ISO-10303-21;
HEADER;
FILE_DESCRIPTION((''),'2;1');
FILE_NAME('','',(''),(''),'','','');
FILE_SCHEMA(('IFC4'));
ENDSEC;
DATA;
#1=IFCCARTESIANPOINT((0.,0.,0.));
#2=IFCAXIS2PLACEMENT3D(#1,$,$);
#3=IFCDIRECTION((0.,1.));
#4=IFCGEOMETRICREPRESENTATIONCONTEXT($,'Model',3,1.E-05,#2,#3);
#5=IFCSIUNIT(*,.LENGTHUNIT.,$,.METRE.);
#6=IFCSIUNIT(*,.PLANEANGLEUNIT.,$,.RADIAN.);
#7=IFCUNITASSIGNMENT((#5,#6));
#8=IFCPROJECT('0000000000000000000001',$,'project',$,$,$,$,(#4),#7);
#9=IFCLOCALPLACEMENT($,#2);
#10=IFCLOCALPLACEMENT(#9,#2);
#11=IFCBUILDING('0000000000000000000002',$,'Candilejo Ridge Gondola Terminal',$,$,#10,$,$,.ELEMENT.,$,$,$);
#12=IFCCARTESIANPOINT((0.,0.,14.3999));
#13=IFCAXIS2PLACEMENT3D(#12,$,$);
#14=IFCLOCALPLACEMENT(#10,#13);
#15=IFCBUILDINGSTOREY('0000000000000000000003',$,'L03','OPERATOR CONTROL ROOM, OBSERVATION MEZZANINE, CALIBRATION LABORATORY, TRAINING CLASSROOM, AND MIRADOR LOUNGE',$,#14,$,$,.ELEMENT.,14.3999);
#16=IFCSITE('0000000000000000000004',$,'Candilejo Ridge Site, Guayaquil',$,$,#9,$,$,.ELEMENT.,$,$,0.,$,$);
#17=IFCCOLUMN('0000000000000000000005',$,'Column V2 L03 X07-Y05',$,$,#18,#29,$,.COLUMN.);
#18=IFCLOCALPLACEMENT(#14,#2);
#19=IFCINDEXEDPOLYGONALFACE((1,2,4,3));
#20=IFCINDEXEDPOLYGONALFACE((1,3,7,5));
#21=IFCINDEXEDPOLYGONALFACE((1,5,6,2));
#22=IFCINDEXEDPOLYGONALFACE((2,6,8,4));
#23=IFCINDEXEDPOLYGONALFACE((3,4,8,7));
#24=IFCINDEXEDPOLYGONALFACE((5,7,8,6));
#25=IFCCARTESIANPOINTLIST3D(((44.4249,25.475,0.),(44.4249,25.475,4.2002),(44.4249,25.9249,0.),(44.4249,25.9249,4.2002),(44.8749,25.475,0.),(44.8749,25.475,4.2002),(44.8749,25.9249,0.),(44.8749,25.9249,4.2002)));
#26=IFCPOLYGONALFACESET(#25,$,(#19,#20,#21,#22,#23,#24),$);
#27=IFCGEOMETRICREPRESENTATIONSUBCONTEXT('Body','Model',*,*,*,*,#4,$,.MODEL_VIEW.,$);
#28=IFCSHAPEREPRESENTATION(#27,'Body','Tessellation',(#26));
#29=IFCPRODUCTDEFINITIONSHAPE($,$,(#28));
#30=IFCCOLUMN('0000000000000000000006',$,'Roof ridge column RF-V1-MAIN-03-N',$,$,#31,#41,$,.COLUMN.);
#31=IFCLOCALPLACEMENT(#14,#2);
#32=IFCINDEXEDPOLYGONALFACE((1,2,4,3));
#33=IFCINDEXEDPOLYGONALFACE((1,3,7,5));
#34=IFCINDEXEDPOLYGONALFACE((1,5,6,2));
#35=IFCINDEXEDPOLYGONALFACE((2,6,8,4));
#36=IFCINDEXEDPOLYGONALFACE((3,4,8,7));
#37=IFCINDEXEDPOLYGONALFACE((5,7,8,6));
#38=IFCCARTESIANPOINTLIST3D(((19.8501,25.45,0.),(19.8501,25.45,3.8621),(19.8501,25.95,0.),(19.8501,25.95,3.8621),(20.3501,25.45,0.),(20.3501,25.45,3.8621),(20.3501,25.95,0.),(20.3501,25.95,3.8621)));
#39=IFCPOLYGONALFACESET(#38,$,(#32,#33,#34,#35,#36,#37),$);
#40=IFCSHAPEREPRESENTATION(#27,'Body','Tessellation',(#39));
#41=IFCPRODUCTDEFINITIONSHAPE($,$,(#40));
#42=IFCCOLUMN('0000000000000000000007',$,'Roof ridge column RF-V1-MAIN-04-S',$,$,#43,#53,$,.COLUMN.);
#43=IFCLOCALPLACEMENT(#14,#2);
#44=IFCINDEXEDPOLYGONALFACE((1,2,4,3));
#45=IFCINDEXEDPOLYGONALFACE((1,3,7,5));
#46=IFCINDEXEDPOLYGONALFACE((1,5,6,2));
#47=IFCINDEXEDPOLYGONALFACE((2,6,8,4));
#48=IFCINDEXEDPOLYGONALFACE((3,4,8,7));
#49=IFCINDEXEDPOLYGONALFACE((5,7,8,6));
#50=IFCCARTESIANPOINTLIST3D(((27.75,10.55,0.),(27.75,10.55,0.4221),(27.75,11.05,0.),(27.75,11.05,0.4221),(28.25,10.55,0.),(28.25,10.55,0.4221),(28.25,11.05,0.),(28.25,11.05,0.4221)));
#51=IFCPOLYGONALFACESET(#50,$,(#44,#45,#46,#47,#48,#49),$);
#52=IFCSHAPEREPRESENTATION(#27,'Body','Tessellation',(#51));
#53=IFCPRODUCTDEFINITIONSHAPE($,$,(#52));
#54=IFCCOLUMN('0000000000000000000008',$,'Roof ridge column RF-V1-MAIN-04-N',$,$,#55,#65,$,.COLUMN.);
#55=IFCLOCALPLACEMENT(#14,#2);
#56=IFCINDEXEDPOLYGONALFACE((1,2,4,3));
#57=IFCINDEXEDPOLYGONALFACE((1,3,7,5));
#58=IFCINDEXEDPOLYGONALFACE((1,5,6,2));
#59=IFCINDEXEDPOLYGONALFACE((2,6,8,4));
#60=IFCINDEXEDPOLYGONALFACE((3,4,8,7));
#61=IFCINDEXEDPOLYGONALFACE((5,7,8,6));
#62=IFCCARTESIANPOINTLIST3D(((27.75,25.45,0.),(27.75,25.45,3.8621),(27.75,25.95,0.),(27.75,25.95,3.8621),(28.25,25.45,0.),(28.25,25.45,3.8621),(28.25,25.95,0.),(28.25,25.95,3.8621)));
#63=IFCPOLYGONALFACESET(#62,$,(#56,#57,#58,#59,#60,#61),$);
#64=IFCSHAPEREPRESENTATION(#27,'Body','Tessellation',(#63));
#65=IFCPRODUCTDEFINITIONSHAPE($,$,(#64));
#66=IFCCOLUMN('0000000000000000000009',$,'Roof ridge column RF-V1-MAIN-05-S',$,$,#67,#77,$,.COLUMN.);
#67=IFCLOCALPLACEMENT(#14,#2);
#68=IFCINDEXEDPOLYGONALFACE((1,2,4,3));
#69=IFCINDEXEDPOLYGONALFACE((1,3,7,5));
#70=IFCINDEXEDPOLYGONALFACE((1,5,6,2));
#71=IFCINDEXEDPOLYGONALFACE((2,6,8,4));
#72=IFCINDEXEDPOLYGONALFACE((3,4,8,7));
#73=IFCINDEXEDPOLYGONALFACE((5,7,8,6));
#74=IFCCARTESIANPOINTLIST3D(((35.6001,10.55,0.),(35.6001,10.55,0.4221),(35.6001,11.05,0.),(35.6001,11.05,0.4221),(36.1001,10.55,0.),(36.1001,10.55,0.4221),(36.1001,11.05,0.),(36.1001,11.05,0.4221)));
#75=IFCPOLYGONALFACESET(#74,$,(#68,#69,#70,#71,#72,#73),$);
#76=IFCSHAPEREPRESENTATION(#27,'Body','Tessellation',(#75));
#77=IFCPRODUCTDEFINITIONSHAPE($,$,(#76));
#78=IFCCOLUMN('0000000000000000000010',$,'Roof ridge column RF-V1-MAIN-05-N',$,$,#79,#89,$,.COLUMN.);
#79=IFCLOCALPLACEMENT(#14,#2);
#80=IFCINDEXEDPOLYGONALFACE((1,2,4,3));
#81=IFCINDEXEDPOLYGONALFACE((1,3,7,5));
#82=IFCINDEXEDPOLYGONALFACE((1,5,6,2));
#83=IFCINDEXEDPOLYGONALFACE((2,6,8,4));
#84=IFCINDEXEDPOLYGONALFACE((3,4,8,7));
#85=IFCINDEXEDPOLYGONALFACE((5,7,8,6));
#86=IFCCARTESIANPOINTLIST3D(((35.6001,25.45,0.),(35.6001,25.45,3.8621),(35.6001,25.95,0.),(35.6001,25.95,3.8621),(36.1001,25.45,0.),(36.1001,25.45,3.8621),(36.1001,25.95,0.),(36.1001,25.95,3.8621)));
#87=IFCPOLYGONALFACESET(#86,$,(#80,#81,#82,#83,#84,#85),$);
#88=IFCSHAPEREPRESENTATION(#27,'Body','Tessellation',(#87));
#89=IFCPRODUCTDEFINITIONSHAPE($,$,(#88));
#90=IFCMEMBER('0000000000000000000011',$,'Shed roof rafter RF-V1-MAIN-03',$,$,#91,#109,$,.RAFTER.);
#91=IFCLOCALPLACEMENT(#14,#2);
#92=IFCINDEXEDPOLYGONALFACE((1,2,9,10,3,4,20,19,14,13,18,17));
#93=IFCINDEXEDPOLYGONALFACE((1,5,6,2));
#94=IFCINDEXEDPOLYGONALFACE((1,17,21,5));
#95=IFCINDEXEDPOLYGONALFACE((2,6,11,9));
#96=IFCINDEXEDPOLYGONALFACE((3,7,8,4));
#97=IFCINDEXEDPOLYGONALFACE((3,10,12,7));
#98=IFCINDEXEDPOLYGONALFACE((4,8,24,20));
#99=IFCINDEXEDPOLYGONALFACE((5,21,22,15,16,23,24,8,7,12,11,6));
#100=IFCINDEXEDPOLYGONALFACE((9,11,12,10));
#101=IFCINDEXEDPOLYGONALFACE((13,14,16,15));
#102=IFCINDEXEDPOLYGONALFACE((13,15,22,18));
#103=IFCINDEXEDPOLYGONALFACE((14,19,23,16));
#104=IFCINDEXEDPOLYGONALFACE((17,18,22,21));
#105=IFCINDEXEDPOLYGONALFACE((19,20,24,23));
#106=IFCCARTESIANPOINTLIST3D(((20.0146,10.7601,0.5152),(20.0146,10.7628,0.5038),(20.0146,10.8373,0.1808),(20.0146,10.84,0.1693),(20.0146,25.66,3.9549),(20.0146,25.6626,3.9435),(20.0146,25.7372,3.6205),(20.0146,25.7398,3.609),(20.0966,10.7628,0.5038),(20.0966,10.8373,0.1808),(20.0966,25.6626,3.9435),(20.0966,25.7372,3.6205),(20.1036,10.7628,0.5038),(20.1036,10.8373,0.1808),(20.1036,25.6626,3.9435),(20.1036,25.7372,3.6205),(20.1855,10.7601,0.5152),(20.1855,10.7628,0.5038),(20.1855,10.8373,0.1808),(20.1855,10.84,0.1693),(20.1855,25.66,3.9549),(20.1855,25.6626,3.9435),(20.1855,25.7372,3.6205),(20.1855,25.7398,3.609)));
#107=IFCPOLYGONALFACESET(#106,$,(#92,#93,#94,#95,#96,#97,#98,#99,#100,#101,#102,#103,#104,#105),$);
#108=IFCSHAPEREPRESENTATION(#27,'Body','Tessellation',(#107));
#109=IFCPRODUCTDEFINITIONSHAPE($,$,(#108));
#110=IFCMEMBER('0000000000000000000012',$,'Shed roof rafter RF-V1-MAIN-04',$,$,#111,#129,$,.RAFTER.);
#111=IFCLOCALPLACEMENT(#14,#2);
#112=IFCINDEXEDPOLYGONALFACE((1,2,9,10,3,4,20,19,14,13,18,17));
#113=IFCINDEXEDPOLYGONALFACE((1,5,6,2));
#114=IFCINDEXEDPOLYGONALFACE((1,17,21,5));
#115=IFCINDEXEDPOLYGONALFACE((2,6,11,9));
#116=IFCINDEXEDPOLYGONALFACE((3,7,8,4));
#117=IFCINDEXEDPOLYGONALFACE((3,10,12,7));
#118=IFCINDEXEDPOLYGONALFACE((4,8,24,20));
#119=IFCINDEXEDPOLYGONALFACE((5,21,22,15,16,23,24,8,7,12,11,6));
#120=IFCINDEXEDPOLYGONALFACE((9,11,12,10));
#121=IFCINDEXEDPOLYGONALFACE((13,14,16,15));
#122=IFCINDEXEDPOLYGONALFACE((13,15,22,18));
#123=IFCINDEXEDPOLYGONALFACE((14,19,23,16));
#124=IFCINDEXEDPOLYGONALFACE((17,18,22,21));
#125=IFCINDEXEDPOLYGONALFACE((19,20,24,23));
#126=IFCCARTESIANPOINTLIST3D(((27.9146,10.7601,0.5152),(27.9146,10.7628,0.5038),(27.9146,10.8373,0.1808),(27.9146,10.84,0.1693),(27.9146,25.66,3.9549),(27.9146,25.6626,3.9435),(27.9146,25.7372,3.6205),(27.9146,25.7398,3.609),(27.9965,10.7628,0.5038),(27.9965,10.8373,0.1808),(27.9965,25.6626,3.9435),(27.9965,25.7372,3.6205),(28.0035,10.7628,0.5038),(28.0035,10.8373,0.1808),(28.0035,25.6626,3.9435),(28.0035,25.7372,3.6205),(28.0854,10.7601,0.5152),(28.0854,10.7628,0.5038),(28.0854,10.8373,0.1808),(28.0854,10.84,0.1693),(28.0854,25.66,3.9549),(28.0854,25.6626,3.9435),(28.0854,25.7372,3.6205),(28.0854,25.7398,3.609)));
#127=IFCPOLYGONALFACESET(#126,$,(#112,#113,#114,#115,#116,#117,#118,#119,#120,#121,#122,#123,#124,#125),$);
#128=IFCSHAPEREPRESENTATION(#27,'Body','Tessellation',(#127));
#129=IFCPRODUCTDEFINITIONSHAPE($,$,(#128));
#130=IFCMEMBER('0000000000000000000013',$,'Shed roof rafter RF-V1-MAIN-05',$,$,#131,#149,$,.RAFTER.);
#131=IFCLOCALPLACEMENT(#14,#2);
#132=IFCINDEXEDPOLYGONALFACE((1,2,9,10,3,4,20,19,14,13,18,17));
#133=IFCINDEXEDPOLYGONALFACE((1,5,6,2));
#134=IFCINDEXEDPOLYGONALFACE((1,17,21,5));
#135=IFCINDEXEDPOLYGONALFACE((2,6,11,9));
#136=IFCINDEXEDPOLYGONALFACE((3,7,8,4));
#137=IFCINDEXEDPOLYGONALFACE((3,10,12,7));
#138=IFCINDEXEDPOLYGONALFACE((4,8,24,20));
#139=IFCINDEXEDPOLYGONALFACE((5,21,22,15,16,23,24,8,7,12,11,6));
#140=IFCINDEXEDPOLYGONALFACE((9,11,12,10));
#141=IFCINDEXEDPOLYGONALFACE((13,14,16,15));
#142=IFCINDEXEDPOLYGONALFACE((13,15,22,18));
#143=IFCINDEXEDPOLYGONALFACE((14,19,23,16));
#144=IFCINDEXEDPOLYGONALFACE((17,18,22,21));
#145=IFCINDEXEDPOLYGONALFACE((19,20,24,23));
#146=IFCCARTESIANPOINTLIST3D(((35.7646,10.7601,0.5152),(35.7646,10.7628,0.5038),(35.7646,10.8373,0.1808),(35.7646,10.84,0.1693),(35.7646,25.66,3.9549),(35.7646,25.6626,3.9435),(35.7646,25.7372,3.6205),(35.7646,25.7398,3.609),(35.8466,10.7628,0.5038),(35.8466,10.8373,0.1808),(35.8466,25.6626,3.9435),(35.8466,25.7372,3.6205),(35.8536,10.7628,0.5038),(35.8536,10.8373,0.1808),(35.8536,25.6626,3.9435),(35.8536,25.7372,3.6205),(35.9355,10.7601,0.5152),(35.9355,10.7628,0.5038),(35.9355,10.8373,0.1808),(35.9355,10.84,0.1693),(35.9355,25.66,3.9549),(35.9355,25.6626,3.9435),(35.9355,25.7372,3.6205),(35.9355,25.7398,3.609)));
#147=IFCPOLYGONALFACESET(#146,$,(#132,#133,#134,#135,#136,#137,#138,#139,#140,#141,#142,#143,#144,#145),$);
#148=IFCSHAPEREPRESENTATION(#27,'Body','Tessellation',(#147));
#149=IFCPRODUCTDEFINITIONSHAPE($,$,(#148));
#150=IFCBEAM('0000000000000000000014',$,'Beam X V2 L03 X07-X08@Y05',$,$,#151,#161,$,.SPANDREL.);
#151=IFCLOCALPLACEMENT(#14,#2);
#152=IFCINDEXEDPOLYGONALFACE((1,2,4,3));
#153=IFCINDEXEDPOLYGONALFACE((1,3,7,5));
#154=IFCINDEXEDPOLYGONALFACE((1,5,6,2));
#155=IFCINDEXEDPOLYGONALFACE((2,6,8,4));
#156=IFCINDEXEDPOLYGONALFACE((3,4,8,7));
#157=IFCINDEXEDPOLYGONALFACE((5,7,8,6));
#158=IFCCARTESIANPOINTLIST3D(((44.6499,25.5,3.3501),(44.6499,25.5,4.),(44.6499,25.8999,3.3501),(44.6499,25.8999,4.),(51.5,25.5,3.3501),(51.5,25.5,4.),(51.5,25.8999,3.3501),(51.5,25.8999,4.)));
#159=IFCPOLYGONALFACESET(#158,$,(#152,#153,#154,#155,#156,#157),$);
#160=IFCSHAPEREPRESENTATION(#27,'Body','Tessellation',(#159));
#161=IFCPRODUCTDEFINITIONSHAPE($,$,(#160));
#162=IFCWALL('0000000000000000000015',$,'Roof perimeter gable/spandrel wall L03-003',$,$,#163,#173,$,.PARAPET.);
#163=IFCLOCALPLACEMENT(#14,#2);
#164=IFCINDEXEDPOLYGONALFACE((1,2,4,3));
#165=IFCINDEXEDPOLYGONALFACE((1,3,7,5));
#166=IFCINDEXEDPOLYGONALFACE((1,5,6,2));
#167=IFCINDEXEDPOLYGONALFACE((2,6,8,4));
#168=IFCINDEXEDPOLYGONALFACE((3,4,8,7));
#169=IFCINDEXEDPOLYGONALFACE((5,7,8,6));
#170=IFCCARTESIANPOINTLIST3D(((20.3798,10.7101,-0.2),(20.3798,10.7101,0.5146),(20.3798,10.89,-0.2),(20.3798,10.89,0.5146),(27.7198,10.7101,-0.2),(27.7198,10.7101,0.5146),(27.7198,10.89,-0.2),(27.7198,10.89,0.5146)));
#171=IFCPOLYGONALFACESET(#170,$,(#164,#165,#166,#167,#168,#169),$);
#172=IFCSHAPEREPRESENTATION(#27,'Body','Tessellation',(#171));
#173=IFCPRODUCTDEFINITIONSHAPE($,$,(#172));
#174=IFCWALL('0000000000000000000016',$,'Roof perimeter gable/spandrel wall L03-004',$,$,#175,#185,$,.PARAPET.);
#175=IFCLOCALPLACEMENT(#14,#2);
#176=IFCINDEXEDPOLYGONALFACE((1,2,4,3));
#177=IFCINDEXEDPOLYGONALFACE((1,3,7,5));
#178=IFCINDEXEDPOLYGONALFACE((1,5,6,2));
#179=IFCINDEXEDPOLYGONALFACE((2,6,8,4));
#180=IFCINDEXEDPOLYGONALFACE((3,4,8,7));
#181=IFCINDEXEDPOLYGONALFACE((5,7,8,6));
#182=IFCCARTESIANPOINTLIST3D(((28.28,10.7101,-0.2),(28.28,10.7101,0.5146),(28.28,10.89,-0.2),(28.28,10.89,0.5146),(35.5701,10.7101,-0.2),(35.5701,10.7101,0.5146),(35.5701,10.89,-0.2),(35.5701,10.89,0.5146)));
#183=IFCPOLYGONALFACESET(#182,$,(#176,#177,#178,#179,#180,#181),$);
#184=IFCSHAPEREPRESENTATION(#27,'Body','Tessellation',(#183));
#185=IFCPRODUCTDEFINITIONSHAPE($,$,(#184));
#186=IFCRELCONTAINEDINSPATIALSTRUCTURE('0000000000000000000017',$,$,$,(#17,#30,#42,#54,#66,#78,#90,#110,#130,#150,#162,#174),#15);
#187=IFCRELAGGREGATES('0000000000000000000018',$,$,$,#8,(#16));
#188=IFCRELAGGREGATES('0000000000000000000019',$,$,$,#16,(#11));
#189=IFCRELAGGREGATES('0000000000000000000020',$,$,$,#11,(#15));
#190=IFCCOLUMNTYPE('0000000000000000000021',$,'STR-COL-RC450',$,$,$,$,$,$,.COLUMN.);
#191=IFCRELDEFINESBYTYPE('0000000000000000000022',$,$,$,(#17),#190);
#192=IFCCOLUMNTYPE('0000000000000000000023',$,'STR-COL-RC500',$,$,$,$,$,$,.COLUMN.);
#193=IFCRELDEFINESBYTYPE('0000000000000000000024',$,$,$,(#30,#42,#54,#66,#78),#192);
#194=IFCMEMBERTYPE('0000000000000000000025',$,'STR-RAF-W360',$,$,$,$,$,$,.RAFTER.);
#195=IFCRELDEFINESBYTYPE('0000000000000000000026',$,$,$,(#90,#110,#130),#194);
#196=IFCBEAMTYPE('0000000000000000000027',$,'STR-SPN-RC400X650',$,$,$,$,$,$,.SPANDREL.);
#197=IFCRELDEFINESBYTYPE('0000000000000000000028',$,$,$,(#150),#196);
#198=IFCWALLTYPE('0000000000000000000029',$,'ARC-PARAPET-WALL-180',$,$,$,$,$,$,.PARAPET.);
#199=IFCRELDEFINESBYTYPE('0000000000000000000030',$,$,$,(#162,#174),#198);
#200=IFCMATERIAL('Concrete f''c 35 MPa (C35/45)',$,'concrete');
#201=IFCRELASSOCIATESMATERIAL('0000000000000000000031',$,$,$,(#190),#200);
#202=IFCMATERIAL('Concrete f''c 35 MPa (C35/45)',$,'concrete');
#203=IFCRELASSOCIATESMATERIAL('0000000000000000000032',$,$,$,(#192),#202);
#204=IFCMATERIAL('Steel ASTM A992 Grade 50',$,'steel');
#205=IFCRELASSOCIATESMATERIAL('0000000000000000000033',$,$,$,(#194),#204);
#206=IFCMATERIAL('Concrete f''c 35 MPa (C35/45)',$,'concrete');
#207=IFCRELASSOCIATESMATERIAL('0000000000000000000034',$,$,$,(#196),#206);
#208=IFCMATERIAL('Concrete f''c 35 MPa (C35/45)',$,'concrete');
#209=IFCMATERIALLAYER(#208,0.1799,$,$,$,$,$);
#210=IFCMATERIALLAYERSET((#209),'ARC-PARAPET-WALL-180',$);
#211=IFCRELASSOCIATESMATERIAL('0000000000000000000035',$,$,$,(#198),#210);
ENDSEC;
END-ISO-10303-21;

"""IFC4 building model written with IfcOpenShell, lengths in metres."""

from ifc_helpers import new_model, si_unit, direction, frame, frame_2d, origin, origin_2d, place, context, subcontext, project, spatial, rectangle, i_section, extrude, material, layer, layer_set, material_profile, profile_set, type_object, element, save


model = new_model("IFC4")

# Units and contexts
model_context = context("Model", 3, precision=1e-05, world=origin(), true_north=direction((0.0, 1.0)))
body_context = subcontext(model_context, "Body", "Model", "MODEL_VIEW")
ifc_project = project(units=[si_unit("LENGTHUNIT", "METRE"), si_unit("PLANEANGLEUNIT", "RADIAN")], contexts=[model_context])

# Site, building, storey
site_placement = place(None, origin())
site = spatial("IfcSite", under=ifc_project, at=site_placement, Name="Candilejo Ridge Site, Guayaquil", CompositionType="ELEMENT", RefElevation=0.0)
building_placement = place(site_placement, origin())
building = spatial("IfcBuilding", under=site, at=building_placement, Name="Candilejo Ridge Gondola Terminal", CompositionType="ELEMENT")
storey_placement = place(building_placement, frame((0.0, 0.0, 14.3999)))
storey = spatial("IfcBuildingStorey", under=building, at=storey_placement, Name="L03", Description="OPERATOR CONTROL ROOM, OBSERVATION MEZZANINE, CALIBRATION LABORATORY, TRAINING CLASSROOM, AND MIRADOR LOUNGE", CompositionType="ELEMENT", Elevation=14.3999)

# Columns
ifc_material_1 = material(Name="Concrete f'c 35 MPa (C35/45)", Category="concrete")
ifc_material_profile_1 = material_profile(ifc_material_1, rectangle(XDim=0.45, YDim=0.45, at=origin_2d()))
ifc_profile_set_1 = profile_set([ifc_material_profile_1], Name="Concrete f'c 35 MPa (C35/45)")
column_type_1 = type_object("IfcColumnType", Name="STR-COL-RC450", PredefinedType="COLUMN", material=ifc_profile_set_1)
column_1_placement = place(storey_placement, frame((44.6499, 25.7, 0.0), z_axis=(0.0, 0.0, 1.0), x_axis=(1.0, 0.0, 0.0)))
element("IfcColumn", 1, at=column_1_placement, inside=storey, type_object=column_type_1, Name="Column V2 L03 X07-Y05", PredefinedType="COLUMN", context=body_context, shape_type="SweptSolid", body=[
    extrude(rectangle(XDim=0.45, YDim=0.45, at=origin_2d()), origin(), (0.0, 0.0, 1.0), 4.2002),
])
ifc_material_2 = material(Name="Concrete f'c 35 MPa (C35/45)", Category="concrete")
ifc_material_profile_2 = material_profile(ifc_material_2, rectangle(XDim=0.5, YDim=0.5, at=origin_2d()))
ifc_profile_set_2 = profile_set([ifc_material_profile_2], Name="Concrete f'c 35 MPa (C35/45)")
column_type_2 = type_object("IfcColumnType", Name="STR-COL-RC500", PredefinedType="COLUMN", material=ifc_profile_set_2)
column_2_placement = place(storey_placement, frame((20.1001, 25.7, 0.0), z_axis=(0.0, 0.0, 1.0), x_axis=(1.0, 0.0, 0.0)))
element("IfcColumn", 2, at=column_2_placement, inside=storey, type_object=column_type_2, Name="Roof ridge column RF-V1-MAIN-03-N", PredefinedType="COLUMN", context=body_context, shape_type="SweptSolid", body=[
    extrude(rectangle(XDim=0.5, YDim=0.5, at=origin_2d()), origin(), (0.0, 0.0, 1.0), 3.8621),
])
column_3_placement = place(storey_placement, frame((28.0, 10.8, 0.0), z_axis=(0.0, 0.0, 1.0), x_axis=(1.0, 0.0, 0.0)))
element("IfcColumn", 3, at=column_3_placement, inside=storey, type_object=column_type_2, Name="Roof ridge column RF-V1-MAIN-04-S", PredefinedType="COLUMN", context=body_context, shape_type="SweptSolid", body=[
    extrude(rectangle(XDim=0.5, YDim=0.5, at=origin_2d()), origin(), (0.0, 0.0, 1.0), 0.4221),
])
column_4_placement = place(storey_placement, frame((28.0, 25.7, 0.0), z_axis=(0.0, 0.0, 1.0), x_axis=(1.0, 0.0, 0.0)))
element("IfcColumn", 4, at=column_4_placement, inside=storey, type_object=column_type_2, Name="Roof ridge column RF-V1-MAIN-04-N", PredefinedType="COLUMN", context=body_context, shape_type="SweptSolid", body=[
    extrude(rectangle(XDim=0.5, YDim=0.5, at=origin_2d()), origin(), (0.0, 0.0, 1.0), 3.8621),
])
column_5_placement = place(storey_placement, frame((35.8501, 10.8, 0.0), z_axis=(0.0, 0.0, 1.0), x_axis=(1.0, 0.0, 0.0)))
element("IfcColumn", 5, at=column_5_placement, inside=storey, type_object=column_type_2, Name="Roof ridge column RF-V1-MAIN-05-S", PredefinedType="COLUMN", context=body_context, shape_type="SweptSolid", body=[
    extrude(rectangle(XDim=0.5, YDim=0.5, at=origin_2d()), origin(), (0.0, 0.0, 1.0), 0.4221),
])
column_6_placement = place(storey_placement, frame((35.8501, 25.7, 0.0), z_axis=(0.0, 0.0, 1.0), x_axis=(1.0, 0.0, 0.0)))
element("IfcColumn", 6, at=column_6_placement, inside=storey, type_object=column_type_2, Name="Roof ridge column RF-V1-MAIN-05-N", PredefinedType="COLUMN", context=body_context, shape_type="SweptSolid", body=[
    extrude(rectangle(XDim=0.5, YDim=0.5, at=origin_2d()), origin(), (0.0, 0.0, 1.0), 3.8621),
])

# Members
ifc_material_3 = material(Name="Steel ASTM A992 Grade 50", Category="steel")
ifc_material_profile_3 = material_profile(ifc_material_3, i_section(OverallWidth=0.1709, OverallDepth=0.355, WebThickness=0.0071, FlangeThickness=0.0117, at=origin_2d()))
ifc_profile_set_3 = profile_set([ifc_material_profile_3], Name="Steel ASTM A992 Grade 50")
member_type = type_object("IfcMemberType", Name="STR-RAF-W360", PredefinedType="RAFTER", material=ifc_profile_set_3)
for number, where, z_axis, x_axis, name in (
    (7, (20.1001, 10.8, 0.3423), (0.0, 0.974373, 0.224938), (-1.0, 0.0, 0.0), "Shed roof rafter RF-V1-MAIN-03"),
    (8, (28.0, 10.8, 0.3423), (0.0, 0.974373, 0.224938), (-1.0, 0.0, 0.0), "Shed roof rafter RF-V1-MAIN-04"),
    (9, (35.8501, 10.8, 0.3423), (0.0, 0.974373, 0.224938), (-1.0, 0.0, 0.0), "Shed roof rafter RF-V1-MAIN-05"),
):
    element("IfcMember", number, at=place(storey_placement, frame(where, z_axis=z_axis, x_axis=x_axis)), inside=storey, type_object=member_type, Name=name, PredefinedType="RAFTER", context=body_context, shape_type="SweptSolid", body=[
        extrude(i_section(OverallWidth=0.1709, OverallDepth=0.355, WebThickness=0.0071, FlangeThickness=0.0117, at=origin_2d()), origin(), (0.0, 0.0, 1.0), 15.2917),
    ])

# Beam
ifc_material_4 = material(Name="Concrete f'c 35 MPa (C35/45)", Category="concrete")
ifc_material_profile_4 = material_profile(ifc_material_4, rectangle(XDim=0.3999, YDim=0.6499, at=origin_2d()))
ifc_profile_set_4 = profile_set([ifc_material_profile_4], Name="Concrete f'c 35 MPa (C35/45)")
beam_type = type_object("IfcBeamType", Name="STR-SPN-RC400X650", PredefinedType="SPANDREL", material=ifc_profile_set_4)
beam_placement = place(storey_placement, frame((44.6499, 25.7, 3.675), z_axis=(1.0, 0.0, 0.0), x_axis=(0.0, 1.0, 0.0)))
element("IfcBeam", 10, at=beam_placement, inside=storey, type_object=beam_type, Name="Beam X V2 L03 X07-X08@Y05", PredefinedType="SPANDREL", context=body_context, shape_type="SweptSolid", body=[
    extrude(rectangle(XDim=0.3999, YDim=0.6499, at=origin_2d()), origin(), (0.0, 0.0, 1.0), 6.8501),
])

# Walls
ifc_material_5 = material(Name="Concrete f'c 35 MPa (C35/45)", Category="concrete")
ifc_layer_1 = layer(ifc_material_5, 0.1799)
ifc_layer_set_1 = layer_set([ifc_layer_1], Name="ARC-PARAPET-WALL-180")
wall_type = type_object("IfcWallType", Name="ARC-PARAPET-WALL-180", PredefinedType="PARAPET", material=ifc_layer_set_1)
wall_1_placement = place(storey_placement, frame((20.3799, 10.8, -0.2), z_axis=(0.0, 0.0, 1.0), x_axis=(1.0, 0.0, 0.0)))
element("IfcWall", 11, at=wall_1_placement, inside=storey, type_object=wall_type, Name="Roof perimeter gable/spandrel wall L03-003", PredefinedType="PARAPET", context=body_context, shape_type="SweptSolid", body=[
    extrude(rectangle(XDim=7.3401, YDim=0.1799, at=frame_2d((3.6699, 0.0))), origin(), (0.0, 0.0, 1.0), 0.7146),
])
wall_2_placement = place(storey_placement, frame((28.28, 10.8, -0.2), z_axis=(0.0, 0.0, 1.0), x_axis=(1.0, 0.0, 0.0)))
element("IfcWall", 12, at=wall_2_placement, inside=storey, type_object=wall_type, Name="Roof perimeter gable/spandrel wall L03-004", PredefinedType="PARAPET", context=body_context, shape_type="SweptSolid", body=[
    extrude(rectangle(XDim=7.29, YDim=0.1799, at=frame_2d((3.645, 0.0))), origin(), (0.0, 0.0, 1.0), 0.7146),
])

save(model, "model.ifc")
